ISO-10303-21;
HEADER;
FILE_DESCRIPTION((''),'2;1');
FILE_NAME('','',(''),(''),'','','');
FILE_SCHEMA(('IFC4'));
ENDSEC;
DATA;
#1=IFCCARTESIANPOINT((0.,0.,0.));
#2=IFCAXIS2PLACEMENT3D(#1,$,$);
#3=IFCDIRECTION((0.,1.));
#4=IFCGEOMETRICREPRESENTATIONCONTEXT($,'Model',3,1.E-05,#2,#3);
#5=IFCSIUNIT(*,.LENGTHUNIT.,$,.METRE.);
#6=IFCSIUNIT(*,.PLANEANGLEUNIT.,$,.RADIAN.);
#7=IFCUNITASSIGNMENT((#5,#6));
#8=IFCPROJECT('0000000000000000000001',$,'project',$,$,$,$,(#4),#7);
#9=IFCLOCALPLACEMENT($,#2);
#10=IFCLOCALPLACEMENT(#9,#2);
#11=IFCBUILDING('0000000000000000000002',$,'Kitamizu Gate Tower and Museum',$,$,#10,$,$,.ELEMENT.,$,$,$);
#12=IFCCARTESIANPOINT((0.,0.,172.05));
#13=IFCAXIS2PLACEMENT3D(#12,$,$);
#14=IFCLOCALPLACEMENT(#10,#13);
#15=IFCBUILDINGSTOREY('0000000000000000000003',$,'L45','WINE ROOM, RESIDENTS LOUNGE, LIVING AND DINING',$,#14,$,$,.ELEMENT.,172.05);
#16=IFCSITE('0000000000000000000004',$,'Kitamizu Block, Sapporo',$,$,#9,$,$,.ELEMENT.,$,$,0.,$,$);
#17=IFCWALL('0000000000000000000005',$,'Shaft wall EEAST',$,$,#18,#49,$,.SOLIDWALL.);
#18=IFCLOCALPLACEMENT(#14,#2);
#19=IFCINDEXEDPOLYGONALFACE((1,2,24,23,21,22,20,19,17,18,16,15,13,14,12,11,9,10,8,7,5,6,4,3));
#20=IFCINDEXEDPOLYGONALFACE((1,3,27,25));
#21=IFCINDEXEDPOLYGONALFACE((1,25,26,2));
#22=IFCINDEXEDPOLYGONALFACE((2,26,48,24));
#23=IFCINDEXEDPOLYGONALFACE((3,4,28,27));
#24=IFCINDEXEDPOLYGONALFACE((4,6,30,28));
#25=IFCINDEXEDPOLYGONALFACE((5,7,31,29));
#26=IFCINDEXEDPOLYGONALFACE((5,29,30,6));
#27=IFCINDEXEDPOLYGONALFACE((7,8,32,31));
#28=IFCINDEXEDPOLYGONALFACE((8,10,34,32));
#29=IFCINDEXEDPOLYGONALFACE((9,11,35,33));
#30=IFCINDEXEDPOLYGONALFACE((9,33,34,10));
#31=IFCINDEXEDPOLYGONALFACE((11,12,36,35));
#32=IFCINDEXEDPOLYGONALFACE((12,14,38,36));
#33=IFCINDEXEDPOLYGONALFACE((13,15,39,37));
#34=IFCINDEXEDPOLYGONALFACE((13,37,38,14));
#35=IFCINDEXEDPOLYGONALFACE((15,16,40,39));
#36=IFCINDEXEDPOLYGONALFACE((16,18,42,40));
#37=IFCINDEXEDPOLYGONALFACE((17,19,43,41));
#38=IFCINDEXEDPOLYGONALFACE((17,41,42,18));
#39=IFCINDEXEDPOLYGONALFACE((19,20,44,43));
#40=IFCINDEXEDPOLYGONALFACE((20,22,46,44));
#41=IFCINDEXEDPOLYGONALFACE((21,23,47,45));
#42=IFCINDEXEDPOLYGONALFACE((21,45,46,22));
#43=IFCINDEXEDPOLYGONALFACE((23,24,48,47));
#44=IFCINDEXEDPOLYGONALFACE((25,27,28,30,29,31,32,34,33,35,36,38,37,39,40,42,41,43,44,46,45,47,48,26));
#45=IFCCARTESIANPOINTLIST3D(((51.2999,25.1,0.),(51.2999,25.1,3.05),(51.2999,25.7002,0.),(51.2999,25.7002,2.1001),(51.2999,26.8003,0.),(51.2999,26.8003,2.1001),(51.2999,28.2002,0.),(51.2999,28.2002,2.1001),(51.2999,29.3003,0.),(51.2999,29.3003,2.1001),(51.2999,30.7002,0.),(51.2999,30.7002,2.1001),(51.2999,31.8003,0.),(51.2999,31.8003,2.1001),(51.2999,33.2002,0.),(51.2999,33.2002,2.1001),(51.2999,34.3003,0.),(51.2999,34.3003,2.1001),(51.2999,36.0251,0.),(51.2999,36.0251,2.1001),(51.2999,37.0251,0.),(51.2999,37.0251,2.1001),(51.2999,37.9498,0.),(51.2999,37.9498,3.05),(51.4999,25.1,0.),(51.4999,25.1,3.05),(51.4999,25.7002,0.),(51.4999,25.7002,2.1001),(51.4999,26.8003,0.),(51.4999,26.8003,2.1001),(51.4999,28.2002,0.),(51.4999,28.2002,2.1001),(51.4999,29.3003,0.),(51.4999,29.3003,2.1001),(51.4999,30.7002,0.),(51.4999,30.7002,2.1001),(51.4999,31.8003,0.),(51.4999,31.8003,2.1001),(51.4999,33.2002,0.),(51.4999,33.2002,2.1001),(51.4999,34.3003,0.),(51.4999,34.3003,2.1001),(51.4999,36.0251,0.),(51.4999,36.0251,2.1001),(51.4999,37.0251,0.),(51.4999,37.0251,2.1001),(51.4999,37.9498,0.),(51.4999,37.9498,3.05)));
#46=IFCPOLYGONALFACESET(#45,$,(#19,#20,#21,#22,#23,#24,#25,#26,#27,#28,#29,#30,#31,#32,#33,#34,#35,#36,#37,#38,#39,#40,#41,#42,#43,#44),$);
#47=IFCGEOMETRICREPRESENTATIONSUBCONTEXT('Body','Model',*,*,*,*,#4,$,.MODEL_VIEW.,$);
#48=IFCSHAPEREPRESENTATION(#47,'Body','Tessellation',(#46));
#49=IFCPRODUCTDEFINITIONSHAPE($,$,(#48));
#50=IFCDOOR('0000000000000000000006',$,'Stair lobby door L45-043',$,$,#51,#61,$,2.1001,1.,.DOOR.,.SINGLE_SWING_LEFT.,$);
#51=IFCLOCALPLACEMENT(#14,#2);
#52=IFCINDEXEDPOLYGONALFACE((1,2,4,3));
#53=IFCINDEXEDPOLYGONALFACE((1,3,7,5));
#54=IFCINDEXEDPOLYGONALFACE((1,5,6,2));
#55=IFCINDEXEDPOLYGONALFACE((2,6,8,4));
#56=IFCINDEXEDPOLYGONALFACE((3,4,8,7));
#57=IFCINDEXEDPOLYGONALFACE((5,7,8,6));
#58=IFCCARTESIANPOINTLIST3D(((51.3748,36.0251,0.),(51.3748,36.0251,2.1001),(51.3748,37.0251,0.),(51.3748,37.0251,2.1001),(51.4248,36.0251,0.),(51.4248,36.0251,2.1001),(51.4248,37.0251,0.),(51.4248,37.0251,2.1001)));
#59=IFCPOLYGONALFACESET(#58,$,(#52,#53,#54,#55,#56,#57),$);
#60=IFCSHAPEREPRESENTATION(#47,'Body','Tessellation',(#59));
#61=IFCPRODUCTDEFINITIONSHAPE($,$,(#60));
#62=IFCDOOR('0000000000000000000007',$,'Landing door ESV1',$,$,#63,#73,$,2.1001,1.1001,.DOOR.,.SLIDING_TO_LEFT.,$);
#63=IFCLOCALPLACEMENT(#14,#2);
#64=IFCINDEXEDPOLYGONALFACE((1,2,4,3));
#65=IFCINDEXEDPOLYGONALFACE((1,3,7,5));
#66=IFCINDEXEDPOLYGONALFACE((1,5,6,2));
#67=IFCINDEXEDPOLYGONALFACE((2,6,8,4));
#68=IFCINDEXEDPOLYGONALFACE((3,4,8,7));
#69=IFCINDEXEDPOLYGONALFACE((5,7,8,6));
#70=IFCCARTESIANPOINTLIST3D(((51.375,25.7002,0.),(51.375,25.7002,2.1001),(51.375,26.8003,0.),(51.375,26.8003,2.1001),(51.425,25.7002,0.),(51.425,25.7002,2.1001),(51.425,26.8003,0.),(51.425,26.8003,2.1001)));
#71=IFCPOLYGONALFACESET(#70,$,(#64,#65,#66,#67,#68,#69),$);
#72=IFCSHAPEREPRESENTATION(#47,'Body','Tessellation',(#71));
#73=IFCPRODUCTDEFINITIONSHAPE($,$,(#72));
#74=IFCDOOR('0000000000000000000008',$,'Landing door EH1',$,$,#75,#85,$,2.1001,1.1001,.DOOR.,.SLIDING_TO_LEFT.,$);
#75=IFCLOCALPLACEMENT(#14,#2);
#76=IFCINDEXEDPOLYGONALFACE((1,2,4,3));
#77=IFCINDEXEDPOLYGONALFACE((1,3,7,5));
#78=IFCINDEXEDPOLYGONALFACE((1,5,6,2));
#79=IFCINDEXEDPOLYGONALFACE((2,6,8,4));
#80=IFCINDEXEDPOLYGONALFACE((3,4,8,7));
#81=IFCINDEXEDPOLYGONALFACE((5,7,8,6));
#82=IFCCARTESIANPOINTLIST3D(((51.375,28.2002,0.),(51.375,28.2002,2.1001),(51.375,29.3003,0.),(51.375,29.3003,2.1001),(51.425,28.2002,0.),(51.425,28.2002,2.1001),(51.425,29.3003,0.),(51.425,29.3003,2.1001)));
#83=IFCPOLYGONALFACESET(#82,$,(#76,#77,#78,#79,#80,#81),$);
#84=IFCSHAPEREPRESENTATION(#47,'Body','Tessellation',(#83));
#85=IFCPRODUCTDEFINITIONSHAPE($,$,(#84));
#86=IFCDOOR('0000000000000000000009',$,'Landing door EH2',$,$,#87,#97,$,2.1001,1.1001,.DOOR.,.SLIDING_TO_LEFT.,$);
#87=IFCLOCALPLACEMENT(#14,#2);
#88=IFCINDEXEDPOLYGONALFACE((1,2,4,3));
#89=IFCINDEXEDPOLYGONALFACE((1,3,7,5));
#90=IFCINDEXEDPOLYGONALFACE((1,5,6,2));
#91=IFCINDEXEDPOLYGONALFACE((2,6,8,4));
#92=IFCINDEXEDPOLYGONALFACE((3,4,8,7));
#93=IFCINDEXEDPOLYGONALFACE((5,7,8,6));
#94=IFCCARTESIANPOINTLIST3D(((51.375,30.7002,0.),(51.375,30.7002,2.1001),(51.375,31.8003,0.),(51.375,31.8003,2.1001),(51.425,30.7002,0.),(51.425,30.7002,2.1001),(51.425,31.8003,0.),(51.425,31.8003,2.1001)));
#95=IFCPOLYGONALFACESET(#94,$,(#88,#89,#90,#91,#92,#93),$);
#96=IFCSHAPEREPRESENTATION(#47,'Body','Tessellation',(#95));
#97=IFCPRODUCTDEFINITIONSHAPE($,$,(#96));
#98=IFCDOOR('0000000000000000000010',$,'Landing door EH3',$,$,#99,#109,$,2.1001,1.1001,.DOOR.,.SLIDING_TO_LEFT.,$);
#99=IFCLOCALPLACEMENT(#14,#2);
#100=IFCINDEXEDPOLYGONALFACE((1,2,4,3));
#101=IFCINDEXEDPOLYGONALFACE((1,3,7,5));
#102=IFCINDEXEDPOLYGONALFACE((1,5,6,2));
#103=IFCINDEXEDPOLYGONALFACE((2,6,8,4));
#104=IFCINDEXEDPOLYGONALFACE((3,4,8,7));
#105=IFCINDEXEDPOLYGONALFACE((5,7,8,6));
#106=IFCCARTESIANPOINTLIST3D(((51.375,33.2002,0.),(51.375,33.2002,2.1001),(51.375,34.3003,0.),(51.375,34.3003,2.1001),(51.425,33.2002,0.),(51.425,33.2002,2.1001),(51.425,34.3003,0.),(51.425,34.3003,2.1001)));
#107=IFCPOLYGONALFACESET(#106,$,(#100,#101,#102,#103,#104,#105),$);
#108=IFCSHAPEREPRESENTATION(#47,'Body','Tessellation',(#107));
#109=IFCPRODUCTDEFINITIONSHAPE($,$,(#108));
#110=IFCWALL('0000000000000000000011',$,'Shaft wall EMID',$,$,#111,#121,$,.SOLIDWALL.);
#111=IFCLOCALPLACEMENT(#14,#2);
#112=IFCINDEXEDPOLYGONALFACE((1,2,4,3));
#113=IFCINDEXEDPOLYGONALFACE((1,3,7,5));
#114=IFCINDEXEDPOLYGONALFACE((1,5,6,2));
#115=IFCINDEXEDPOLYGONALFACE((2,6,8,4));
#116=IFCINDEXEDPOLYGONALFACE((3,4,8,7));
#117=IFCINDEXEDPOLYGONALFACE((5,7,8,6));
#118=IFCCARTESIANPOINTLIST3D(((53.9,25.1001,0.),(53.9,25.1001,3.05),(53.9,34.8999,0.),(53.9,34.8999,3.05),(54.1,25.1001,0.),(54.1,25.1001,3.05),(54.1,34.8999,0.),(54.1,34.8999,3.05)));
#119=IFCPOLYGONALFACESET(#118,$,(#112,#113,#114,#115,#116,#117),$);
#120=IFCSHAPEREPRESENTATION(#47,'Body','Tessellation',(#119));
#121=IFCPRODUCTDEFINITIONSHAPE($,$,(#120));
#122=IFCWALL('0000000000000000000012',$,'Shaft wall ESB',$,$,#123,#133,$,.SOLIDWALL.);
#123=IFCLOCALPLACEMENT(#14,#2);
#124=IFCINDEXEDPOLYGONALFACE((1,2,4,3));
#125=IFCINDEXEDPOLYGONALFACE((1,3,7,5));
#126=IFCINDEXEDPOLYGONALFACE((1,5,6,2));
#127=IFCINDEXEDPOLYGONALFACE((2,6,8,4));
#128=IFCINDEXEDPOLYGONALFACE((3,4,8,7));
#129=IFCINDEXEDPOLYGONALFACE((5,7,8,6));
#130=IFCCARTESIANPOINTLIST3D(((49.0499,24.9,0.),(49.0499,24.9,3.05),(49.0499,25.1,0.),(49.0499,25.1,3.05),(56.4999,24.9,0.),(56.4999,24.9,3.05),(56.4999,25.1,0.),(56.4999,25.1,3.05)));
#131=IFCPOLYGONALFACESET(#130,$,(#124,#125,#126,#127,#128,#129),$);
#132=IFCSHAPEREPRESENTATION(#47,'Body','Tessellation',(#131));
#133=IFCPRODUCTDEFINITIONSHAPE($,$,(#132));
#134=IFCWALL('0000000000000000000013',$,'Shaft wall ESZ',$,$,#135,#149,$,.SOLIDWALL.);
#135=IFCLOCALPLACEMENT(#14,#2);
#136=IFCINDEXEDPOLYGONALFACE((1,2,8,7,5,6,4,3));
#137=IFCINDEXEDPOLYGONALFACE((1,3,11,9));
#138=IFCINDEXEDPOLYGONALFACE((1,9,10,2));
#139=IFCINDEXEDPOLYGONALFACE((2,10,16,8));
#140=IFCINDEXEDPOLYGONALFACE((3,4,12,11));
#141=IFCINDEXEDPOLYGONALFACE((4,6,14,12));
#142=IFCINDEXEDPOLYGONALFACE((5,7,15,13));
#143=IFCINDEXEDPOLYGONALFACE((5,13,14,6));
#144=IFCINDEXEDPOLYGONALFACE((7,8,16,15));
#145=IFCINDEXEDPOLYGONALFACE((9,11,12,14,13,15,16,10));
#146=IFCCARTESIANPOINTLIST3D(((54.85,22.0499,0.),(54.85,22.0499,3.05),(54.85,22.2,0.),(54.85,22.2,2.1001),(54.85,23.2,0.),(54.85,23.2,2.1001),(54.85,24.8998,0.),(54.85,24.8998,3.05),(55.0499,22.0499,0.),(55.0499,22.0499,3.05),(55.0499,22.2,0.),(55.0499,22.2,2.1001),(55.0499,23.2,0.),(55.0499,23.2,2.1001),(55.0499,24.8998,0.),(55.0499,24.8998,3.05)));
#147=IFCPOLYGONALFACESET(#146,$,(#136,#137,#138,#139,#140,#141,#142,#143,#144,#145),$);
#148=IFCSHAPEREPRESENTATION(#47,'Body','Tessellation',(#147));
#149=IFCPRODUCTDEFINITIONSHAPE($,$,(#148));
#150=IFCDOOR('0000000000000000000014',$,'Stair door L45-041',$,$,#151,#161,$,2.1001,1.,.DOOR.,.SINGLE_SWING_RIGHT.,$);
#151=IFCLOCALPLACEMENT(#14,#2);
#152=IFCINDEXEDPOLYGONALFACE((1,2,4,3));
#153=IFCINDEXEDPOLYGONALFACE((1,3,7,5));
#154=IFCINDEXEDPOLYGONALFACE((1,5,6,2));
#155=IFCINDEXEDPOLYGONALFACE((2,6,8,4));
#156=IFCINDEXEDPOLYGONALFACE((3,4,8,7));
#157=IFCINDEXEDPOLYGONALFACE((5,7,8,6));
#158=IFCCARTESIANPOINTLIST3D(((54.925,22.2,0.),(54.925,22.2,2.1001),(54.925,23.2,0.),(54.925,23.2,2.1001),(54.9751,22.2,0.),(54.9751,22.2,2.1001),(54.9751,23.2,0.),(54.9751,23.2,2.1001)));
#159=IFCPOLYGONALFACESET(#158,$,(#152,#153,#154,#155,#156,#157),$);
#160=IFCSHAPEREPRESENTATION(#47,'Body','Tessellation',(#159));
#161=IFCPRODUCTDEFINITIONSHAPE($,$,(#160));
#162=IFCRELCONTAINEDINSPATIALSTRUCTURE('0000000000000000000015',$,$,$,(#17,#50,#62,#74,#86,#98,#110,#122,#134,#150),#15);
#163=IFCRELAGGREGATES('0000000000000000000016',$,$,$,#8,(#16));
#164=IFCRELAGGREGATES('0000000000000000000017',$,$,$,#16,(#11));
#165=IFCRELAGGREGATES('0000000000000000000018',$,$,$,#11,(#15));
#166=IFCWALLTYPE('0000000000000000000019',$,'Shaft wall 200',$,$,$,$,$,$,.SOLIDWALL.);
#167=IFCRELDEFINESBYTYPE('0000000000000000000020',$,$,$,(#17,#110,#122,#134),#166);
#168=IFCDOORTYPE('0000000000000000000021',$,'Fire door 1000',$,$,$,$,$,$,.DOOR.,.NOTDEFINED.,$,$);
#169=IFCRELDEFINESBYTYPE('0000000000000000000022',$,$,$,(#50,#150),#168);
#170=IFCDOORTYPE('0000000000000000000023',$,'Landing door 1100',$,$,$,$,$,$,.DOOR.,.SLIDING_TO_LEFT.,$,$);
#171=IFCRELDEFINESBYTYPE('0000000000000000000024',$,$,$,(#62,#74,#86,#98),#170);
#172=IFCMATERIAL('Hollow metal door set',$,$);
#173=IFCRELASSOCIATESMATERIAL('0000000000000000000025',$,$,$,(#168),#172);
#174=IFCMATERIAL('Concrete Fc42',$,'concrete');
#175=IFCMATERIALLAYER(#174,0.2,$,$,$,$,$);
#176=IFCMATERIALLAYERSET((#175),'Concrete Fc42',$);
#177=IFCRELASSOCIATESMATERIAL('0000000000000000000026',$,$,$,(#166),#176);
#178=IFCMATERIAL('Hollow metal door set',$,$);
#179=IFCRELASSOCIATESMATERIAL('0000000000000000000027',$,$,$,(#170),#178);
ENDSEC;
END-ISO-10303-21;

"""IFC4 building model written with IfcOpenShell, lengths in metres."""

from ifc_helpers import new_model, si_unit, direction, frame, frame_2d, origin, place, context, subcontext, project, spatial, rectangle, extrude, material, layer, layer_set, type_object, element, fill, save


model = new_model("IFC4")

# Units and contexts
model_context = context("Model", 3, precision=1e-05, world=origin(), true_north=direction((0.0, 1.0)))
body_context = subcontext(model_context, "Body", "Model", "MODEL_VIEW")
ifc_project = project(units=[si_unit("LENGTHUNIT", "METRE"), si_unit("PLANEANGLEUNIT", "RADIAN")], contexts=[model_context])

# Site, building, storey
site_placement = place(None, origin())
site = spatial("IfcSite", under=ifc_project, at=site_placement, Name="Kitamizu Block, Sapporo", CompositionType="ELEMENT", RefElevation=0.0)
building_placement = place(site_placement, origin())
building = spatial("IfcBuilding", under=site, at=building_placement, Name="Kitamizu Gate Tower and Museum", CompositionType="ELEMENT")
storey_placement = place(building_placement, frame((0.0, 0.0, 172.05)))
storey = spatial("IfcBuildingStorey", under=building, at=storey_placement, Name="L45", Description="WINE ROOM, RESIDENTS LOUNGE, LIVING AND DINING", CompositionType="ELEMENT", Elevation=172.05)

# Shared definitions
ifc_material_1 = material(Name="Hollow metal door set")
door_type_1 = type_object("IfcDoorType", Name="Fire door 1000", OperationType="NOTDEFINED", PredefinedType="DOOR", material=ifc_material_1)

# Wall, openings, doors
ifc_material_2 = material(Name="Concrete Fc42", Category="concrete")
ifc_layer_1 = layer(ifc_material_2, 0.2)
ifc_layer_set_1 = layer_set([ifc_layer_1], Name="Concrete Fc42")
wall_type_1 = type_object("IfcWallType", Name="Shaft wall 200", PredefinedType="SOLIDWALL", material=ifc_layer_set_1)
ifc_material_3 = material(Name="Hollow metal door set")
door_type_2 = type_object("IfcDoorType", Name="Landing door 1100", OperationType="SLIDING_TO_LEFT", PredefinedType="DOOR", material=ifc_material_3)
wall_1_placement = place(storey_placement, frame((51.3999, 25.1001, 0.0), z_axis=(0.0, 0.0, 1.0), x_axis=(0.0, 1.0, 0.0)))
wall_1 = element("IfcWall", 1, at=wall_1_placement, inside=storey, type_object=wall_type_1, Name="Shaft wall EEAST", PredefinedType="SOLIDWALL", context=body_context, shape_type="SweptSolid", body=[
    extrude(rectangle(XDim=12.8499, YDim=0.2, at=frame_2d((6.4248, 0.0))), origin(), (0.0, 0.0, 1.0), 3.05),
])
opening_1_placement = place(wall_1_placement, frame((0.6001, 0.0, 0.0)))
opening_1 = element("IfcOpeningElement", 2, at=opening_1_placement, cuts=wall_1, PredefinedType="OPENING", context=body_context, shape_type="SweptSolid", body=[
    extrude(rectangle(XDim=1.1001, YDim=2.1001, at=frame_2d((0.55, 1.05))), frame((0.0, 0.1099, 0.0), z_axis=(0.0, -1.0, 0.0), x_axis=(1.0, 0.0, 0.0)), (0.0, 0.0, 1.0), 0.22),
])
opening_2_placement = place(wall_1_placement, frame((3.1001, 0.0, 0.0)))
opening_2 = element("IfcOpeningElement", 3, at=opening_2_placement, cuts=wall_1, PredefinedType="OPENING", context=body_context, shape_type="SweptSolid", body=[
    extrude(rectangle(XDim=1.1001, YDim=2.1001, at=frame_2d((0.55, 1.05))), frame((0.0, 0.1099, 0.0), z_axis=(0.0, -1.0, 0.0), x_axis=(1.0, 0.0, 0.0)), (0.0, 0.0, 1.0), 0.22),
])
opening_3_placement = place(wall_1_placement, frame((5.6001, 0.0, 0.0)))
opening_3 = element("IfcOpeningElement", 4, at=opening_3_placement, cuts=wall_1, PredefinedType="OPENING", context=body_context, shape_type="SweptSolid", body=[
    extrude(rectangle(XDim=1.1001, YDim=2.1001, at=frame_2d((0.55, 1.05))), frame((0.0, 0.1099, 0.0), z_axis=(0.0, -1.0, 0.0), x_axis=(1.0, 0.0, 0.0)), (0.0, 0.0, 1.0), 0.22),
])
opening_4_placement = place(wall_1_placement, frame((8.1001, 0.0, 0.0)))
opening_4 = element("IfcOpeningElement", 5, at=opening_4_placement, cuts=wall_1, PredefinedType="OPENING", context=body_context, shape_type="SweptSolid", body=[
    extrude(rectangle(XDim=1.1001, YDim=2.1001, at=frame_2d((0.55, 1.05))), frame((0.0, 0.1099, 0.0), z_axis=(0.0, -1.0, 0.0), x_axis=(1.0, 0.0, 0.0)), (0.0, 0.0, 1.0), 0.22),
])
opening_5_placement = place(wall_1_placement, frame((10.925, 0.0, 0.0)))
opening_5 = element("IfcOpeningElement", 6, at=opening_5_placement, cuts=wall_1, PredefinedType="OPENING", context=body_context, shape_type="SweptSolid", body=[
    extrude(rectangle(XDim=1.0, YDim=2.1001, at=frame_2d((0.5, 1.05))), frame((0.0, 0.1099, 0.0), z_axis=(0.0, -1.0, 0.0), x_axis=(1.0, 0.0, 0.0)), (0.0, 0.0, 1.0), 0.22),
])
door_1_placement = place(opening_5_placement, frame((1.0, 0.0, 0.0), x_axis=(-1.0, 0.0, 0.0)))
door_1 = element("IfcDoor", 7, at=door_1_placement, inside=storey, type_object=door_type_1, Name="Stair lobby door L45-043", OperationType="SINGLE_SWING_LEFT", OverallHeight=2.1001, OverallWidth=1.0, PredefinedType="DOOR", context=body_context, shape_type="SweptSolid", body=[
    extrude(rectangle(XDim=1.0, YDim=2.1001, at=frame_2d((0.5, 1.05))), frame((0.0, 0.0249, 0.0), z_axis=(0.0, -1.0, 0.0), x_axis=(1.0, 0.0, 0.0)), (0.0, 0.0, 1.0), 0.05),
])
fill(opening_5, door_1)
door_2_placement = place(opening_1_placement, origin())
door_2 = element("IfcDoor", 8, at=door_2_placement, inside=storey, type_object=door_type_2, Name="Landing door ESV1", OperationType="SLIDING_TO_LEFT", OverallHeight=2.1001, OverallWidth=1.1001, PredefinedType="DOOR", context=body_context, shape_type="SweptSolid", body=[
    extrude(rectangle(XDim=1.1001, YDim=2.1001, at=frame_2d((0.55, 1.05))), frame((0.0, 0.0249, 0.0), z_axis=(0.0, -1.0, 0.0), x_axis=(1.0, 0.0, 0.0)), (0.0, 0.0, 1.0), 0.05),
])
fill(opening_1, door_2)
door_3_placement = place(opening_2_placement, origin())
door_3 = element("IfcDoor", 9, at=door_3_placement, inside=storey, type_object=door_type_2, Name="Landing door EH1", OperationType="SLIDING_TO_LEFT", OverallHeight=2.1001, OverallWidth=1.1001, PredefinedType="DOOR", context=body_context, shape_type="SweptSolid", body=[
    extrude(rectangle(XDim=1.1001, YDim=2.1001, at=frame_2d((0.55, 1.05))), frame((0.0, 0.0249, 0.0), z_axis=(0.0, -1.0, 0.0), x_axis=(1.0, 0.0, 0.0)), (0.0, 0.0, 1.0), 0.05),
])
fill(opening_2, door_3)
door_4_placement = place(opening_3_placement, origin())
door_4 = element("IfcDoor", 10, at=door_4_placement, inside=storey, type_object=door_type_2, Name="Landing door EH2", OperationType="SLIDING_TO_LEFT", OverallHeight=2.1001, OverallWidth=1.1001, PredefinedType="DOOR", context=body_context, shape_type="SweptSolid", body=[
    extrude(rectangle(XDim=1.1001, YDim=2.1001, at=frame_2d((0.55, 1.05))), frame((0.0, 0.0249, 0.0), z_axis=(0.0, -1.0, 0.0), x_axis=(1.0, 0.0, 0.0)), (0.0, 0.0, 1.0), 0.05),
])
fill(opening_3, door_4)
door_5_placement = place(opening_4_placement, origin())
door_5 = element("IfcDoor", 11, at=door_5_placement, inside=storey, type_object=door_type_2, Name="Landing door EH3", OperationType="SLIDING_TO_LEFT", OverallHeight=2.1001, OverallWidth=1.1001, PredefinedType="DOOR", context=body_context, shape_type="SweptSolid", body=[
    extrude(rectangle(XDim=1.1001, YDim=2.1001, at=frame_2d((0.55, 1.05))), frame((0.0, 0.0249, 0.0), z_axis=(0.0, -1.0, 0.0), x_axis=(1.0, 0.0, 0.0)), (0.0, 0.0, 1.0), 0.05),
])
fill(opening_4, door_5)

# Walls
wall_2_placement = place(storey_placement, frame((54.0, 25.1001, 0.0), z_axis=(0.0, 0.0, 1.0), x_axis=(0.0, 1.0, 0.0)))
element("IfcWall", 12, at=wall_2_placement, inside=storey, type_object=wall_type_1, Name="Shaft wall EMID", PredefinedType="SOLIDWALL", context=body_context, shape_type="SweptSolid", body=[
    extrude(rectangle(XDim=9.7998, YDim=0.2, at=frame_2d((4.8999, 0.0))), origin(), (0.0, 0.0, 1.0), 3.05),
])
wall_3_placement = place(storey_placement, frame((56.5, 25.0, 0.0), z_axis=(0.0, 0.0, 1.0), x_axis=(-1.0, 0.0, 0.0)))
element("IfcWall", 13, at=wall_3_placement, inside=storey, type_object=wall_type_1, Name="Shaft wall ESB", PredefinedType="SOLIDWALL", context=body_context, shape_type="SweptSolid", body=[
    extrude(rectangle(XDim=7.45, YDim=0.2, at=frame_2d((3.7251, 0.0))), origin(), (0.0, 0.0, 1.0), 3.05),
])

# Wall, opening, door
wall_4_placement = place(storey_placement, frame((54.95, 22.05, 0.0), z_axis=(0.0, 0.0, 1.0), x_axis=(0.0, 1.0, 0.0)))
wall_4 = element("IfcWall", 14, at=wall_4_placement, inside=storey, type_object=wall_type_1, Name="Shaft wall ESZ", PredefinedType="SOLIDWALL", context=body_context, shape_type="SweptSolid", body=[
    extrude(rectangle(XDim=2.8499, YDim=0.2, at=frame_2d((1.4248, 0.0))), origin(), (0.0, 0.0, 1.0), 3.05),
])
opening_6_placement = place(wall_4_placement, frame((0.1499, 0.0, 0.0)))
opening_6 = element("IfcOpeningElement", 15, at=opening_6_placement, cuts=wall_4, PredefinedType="OPENING", context=body_context, shape_type="SweptSolid", body=[
    extrude(rectangle(XDim=1.0, YDim=2.1001, at=frame_2d((0.5, 1.05))), frame((0.0, 0.1099, 0.0), z_axis=(0.0, -1.0, 0.0), x_axis=(1.0, 0.0, 0.0)), (0.0, 0.0, 1.0), 0.22),
])
door_6_placement = place(opening_6_placement, origin())
door_6 = element("IfcDoor", 16, at=door_6_placement, inside=storey, type_object=door_type_1, Name="Stair door L45-041", OperationType="SINGLE_SWING_RIGHT", OverallHeight=2.1001, OverallWidth=1.0, PredefinedType="DOOR", context=body_context, shape_type="SweptSolid", body=[
    extrude(rectangle(XDim=1.0, YDim=2.1001, at=frame_2d((0.5, 1.05))), frame((0.0, 0.0249, 0.0), z_axis=(0.0, -1.0, 0.0), x_axis=(1.0, 0.0, 0.0)), (0.0, 0.0, 1.0), 0.05),
])
fill(opening_6, door_6)

save(model, "model.ifc")
